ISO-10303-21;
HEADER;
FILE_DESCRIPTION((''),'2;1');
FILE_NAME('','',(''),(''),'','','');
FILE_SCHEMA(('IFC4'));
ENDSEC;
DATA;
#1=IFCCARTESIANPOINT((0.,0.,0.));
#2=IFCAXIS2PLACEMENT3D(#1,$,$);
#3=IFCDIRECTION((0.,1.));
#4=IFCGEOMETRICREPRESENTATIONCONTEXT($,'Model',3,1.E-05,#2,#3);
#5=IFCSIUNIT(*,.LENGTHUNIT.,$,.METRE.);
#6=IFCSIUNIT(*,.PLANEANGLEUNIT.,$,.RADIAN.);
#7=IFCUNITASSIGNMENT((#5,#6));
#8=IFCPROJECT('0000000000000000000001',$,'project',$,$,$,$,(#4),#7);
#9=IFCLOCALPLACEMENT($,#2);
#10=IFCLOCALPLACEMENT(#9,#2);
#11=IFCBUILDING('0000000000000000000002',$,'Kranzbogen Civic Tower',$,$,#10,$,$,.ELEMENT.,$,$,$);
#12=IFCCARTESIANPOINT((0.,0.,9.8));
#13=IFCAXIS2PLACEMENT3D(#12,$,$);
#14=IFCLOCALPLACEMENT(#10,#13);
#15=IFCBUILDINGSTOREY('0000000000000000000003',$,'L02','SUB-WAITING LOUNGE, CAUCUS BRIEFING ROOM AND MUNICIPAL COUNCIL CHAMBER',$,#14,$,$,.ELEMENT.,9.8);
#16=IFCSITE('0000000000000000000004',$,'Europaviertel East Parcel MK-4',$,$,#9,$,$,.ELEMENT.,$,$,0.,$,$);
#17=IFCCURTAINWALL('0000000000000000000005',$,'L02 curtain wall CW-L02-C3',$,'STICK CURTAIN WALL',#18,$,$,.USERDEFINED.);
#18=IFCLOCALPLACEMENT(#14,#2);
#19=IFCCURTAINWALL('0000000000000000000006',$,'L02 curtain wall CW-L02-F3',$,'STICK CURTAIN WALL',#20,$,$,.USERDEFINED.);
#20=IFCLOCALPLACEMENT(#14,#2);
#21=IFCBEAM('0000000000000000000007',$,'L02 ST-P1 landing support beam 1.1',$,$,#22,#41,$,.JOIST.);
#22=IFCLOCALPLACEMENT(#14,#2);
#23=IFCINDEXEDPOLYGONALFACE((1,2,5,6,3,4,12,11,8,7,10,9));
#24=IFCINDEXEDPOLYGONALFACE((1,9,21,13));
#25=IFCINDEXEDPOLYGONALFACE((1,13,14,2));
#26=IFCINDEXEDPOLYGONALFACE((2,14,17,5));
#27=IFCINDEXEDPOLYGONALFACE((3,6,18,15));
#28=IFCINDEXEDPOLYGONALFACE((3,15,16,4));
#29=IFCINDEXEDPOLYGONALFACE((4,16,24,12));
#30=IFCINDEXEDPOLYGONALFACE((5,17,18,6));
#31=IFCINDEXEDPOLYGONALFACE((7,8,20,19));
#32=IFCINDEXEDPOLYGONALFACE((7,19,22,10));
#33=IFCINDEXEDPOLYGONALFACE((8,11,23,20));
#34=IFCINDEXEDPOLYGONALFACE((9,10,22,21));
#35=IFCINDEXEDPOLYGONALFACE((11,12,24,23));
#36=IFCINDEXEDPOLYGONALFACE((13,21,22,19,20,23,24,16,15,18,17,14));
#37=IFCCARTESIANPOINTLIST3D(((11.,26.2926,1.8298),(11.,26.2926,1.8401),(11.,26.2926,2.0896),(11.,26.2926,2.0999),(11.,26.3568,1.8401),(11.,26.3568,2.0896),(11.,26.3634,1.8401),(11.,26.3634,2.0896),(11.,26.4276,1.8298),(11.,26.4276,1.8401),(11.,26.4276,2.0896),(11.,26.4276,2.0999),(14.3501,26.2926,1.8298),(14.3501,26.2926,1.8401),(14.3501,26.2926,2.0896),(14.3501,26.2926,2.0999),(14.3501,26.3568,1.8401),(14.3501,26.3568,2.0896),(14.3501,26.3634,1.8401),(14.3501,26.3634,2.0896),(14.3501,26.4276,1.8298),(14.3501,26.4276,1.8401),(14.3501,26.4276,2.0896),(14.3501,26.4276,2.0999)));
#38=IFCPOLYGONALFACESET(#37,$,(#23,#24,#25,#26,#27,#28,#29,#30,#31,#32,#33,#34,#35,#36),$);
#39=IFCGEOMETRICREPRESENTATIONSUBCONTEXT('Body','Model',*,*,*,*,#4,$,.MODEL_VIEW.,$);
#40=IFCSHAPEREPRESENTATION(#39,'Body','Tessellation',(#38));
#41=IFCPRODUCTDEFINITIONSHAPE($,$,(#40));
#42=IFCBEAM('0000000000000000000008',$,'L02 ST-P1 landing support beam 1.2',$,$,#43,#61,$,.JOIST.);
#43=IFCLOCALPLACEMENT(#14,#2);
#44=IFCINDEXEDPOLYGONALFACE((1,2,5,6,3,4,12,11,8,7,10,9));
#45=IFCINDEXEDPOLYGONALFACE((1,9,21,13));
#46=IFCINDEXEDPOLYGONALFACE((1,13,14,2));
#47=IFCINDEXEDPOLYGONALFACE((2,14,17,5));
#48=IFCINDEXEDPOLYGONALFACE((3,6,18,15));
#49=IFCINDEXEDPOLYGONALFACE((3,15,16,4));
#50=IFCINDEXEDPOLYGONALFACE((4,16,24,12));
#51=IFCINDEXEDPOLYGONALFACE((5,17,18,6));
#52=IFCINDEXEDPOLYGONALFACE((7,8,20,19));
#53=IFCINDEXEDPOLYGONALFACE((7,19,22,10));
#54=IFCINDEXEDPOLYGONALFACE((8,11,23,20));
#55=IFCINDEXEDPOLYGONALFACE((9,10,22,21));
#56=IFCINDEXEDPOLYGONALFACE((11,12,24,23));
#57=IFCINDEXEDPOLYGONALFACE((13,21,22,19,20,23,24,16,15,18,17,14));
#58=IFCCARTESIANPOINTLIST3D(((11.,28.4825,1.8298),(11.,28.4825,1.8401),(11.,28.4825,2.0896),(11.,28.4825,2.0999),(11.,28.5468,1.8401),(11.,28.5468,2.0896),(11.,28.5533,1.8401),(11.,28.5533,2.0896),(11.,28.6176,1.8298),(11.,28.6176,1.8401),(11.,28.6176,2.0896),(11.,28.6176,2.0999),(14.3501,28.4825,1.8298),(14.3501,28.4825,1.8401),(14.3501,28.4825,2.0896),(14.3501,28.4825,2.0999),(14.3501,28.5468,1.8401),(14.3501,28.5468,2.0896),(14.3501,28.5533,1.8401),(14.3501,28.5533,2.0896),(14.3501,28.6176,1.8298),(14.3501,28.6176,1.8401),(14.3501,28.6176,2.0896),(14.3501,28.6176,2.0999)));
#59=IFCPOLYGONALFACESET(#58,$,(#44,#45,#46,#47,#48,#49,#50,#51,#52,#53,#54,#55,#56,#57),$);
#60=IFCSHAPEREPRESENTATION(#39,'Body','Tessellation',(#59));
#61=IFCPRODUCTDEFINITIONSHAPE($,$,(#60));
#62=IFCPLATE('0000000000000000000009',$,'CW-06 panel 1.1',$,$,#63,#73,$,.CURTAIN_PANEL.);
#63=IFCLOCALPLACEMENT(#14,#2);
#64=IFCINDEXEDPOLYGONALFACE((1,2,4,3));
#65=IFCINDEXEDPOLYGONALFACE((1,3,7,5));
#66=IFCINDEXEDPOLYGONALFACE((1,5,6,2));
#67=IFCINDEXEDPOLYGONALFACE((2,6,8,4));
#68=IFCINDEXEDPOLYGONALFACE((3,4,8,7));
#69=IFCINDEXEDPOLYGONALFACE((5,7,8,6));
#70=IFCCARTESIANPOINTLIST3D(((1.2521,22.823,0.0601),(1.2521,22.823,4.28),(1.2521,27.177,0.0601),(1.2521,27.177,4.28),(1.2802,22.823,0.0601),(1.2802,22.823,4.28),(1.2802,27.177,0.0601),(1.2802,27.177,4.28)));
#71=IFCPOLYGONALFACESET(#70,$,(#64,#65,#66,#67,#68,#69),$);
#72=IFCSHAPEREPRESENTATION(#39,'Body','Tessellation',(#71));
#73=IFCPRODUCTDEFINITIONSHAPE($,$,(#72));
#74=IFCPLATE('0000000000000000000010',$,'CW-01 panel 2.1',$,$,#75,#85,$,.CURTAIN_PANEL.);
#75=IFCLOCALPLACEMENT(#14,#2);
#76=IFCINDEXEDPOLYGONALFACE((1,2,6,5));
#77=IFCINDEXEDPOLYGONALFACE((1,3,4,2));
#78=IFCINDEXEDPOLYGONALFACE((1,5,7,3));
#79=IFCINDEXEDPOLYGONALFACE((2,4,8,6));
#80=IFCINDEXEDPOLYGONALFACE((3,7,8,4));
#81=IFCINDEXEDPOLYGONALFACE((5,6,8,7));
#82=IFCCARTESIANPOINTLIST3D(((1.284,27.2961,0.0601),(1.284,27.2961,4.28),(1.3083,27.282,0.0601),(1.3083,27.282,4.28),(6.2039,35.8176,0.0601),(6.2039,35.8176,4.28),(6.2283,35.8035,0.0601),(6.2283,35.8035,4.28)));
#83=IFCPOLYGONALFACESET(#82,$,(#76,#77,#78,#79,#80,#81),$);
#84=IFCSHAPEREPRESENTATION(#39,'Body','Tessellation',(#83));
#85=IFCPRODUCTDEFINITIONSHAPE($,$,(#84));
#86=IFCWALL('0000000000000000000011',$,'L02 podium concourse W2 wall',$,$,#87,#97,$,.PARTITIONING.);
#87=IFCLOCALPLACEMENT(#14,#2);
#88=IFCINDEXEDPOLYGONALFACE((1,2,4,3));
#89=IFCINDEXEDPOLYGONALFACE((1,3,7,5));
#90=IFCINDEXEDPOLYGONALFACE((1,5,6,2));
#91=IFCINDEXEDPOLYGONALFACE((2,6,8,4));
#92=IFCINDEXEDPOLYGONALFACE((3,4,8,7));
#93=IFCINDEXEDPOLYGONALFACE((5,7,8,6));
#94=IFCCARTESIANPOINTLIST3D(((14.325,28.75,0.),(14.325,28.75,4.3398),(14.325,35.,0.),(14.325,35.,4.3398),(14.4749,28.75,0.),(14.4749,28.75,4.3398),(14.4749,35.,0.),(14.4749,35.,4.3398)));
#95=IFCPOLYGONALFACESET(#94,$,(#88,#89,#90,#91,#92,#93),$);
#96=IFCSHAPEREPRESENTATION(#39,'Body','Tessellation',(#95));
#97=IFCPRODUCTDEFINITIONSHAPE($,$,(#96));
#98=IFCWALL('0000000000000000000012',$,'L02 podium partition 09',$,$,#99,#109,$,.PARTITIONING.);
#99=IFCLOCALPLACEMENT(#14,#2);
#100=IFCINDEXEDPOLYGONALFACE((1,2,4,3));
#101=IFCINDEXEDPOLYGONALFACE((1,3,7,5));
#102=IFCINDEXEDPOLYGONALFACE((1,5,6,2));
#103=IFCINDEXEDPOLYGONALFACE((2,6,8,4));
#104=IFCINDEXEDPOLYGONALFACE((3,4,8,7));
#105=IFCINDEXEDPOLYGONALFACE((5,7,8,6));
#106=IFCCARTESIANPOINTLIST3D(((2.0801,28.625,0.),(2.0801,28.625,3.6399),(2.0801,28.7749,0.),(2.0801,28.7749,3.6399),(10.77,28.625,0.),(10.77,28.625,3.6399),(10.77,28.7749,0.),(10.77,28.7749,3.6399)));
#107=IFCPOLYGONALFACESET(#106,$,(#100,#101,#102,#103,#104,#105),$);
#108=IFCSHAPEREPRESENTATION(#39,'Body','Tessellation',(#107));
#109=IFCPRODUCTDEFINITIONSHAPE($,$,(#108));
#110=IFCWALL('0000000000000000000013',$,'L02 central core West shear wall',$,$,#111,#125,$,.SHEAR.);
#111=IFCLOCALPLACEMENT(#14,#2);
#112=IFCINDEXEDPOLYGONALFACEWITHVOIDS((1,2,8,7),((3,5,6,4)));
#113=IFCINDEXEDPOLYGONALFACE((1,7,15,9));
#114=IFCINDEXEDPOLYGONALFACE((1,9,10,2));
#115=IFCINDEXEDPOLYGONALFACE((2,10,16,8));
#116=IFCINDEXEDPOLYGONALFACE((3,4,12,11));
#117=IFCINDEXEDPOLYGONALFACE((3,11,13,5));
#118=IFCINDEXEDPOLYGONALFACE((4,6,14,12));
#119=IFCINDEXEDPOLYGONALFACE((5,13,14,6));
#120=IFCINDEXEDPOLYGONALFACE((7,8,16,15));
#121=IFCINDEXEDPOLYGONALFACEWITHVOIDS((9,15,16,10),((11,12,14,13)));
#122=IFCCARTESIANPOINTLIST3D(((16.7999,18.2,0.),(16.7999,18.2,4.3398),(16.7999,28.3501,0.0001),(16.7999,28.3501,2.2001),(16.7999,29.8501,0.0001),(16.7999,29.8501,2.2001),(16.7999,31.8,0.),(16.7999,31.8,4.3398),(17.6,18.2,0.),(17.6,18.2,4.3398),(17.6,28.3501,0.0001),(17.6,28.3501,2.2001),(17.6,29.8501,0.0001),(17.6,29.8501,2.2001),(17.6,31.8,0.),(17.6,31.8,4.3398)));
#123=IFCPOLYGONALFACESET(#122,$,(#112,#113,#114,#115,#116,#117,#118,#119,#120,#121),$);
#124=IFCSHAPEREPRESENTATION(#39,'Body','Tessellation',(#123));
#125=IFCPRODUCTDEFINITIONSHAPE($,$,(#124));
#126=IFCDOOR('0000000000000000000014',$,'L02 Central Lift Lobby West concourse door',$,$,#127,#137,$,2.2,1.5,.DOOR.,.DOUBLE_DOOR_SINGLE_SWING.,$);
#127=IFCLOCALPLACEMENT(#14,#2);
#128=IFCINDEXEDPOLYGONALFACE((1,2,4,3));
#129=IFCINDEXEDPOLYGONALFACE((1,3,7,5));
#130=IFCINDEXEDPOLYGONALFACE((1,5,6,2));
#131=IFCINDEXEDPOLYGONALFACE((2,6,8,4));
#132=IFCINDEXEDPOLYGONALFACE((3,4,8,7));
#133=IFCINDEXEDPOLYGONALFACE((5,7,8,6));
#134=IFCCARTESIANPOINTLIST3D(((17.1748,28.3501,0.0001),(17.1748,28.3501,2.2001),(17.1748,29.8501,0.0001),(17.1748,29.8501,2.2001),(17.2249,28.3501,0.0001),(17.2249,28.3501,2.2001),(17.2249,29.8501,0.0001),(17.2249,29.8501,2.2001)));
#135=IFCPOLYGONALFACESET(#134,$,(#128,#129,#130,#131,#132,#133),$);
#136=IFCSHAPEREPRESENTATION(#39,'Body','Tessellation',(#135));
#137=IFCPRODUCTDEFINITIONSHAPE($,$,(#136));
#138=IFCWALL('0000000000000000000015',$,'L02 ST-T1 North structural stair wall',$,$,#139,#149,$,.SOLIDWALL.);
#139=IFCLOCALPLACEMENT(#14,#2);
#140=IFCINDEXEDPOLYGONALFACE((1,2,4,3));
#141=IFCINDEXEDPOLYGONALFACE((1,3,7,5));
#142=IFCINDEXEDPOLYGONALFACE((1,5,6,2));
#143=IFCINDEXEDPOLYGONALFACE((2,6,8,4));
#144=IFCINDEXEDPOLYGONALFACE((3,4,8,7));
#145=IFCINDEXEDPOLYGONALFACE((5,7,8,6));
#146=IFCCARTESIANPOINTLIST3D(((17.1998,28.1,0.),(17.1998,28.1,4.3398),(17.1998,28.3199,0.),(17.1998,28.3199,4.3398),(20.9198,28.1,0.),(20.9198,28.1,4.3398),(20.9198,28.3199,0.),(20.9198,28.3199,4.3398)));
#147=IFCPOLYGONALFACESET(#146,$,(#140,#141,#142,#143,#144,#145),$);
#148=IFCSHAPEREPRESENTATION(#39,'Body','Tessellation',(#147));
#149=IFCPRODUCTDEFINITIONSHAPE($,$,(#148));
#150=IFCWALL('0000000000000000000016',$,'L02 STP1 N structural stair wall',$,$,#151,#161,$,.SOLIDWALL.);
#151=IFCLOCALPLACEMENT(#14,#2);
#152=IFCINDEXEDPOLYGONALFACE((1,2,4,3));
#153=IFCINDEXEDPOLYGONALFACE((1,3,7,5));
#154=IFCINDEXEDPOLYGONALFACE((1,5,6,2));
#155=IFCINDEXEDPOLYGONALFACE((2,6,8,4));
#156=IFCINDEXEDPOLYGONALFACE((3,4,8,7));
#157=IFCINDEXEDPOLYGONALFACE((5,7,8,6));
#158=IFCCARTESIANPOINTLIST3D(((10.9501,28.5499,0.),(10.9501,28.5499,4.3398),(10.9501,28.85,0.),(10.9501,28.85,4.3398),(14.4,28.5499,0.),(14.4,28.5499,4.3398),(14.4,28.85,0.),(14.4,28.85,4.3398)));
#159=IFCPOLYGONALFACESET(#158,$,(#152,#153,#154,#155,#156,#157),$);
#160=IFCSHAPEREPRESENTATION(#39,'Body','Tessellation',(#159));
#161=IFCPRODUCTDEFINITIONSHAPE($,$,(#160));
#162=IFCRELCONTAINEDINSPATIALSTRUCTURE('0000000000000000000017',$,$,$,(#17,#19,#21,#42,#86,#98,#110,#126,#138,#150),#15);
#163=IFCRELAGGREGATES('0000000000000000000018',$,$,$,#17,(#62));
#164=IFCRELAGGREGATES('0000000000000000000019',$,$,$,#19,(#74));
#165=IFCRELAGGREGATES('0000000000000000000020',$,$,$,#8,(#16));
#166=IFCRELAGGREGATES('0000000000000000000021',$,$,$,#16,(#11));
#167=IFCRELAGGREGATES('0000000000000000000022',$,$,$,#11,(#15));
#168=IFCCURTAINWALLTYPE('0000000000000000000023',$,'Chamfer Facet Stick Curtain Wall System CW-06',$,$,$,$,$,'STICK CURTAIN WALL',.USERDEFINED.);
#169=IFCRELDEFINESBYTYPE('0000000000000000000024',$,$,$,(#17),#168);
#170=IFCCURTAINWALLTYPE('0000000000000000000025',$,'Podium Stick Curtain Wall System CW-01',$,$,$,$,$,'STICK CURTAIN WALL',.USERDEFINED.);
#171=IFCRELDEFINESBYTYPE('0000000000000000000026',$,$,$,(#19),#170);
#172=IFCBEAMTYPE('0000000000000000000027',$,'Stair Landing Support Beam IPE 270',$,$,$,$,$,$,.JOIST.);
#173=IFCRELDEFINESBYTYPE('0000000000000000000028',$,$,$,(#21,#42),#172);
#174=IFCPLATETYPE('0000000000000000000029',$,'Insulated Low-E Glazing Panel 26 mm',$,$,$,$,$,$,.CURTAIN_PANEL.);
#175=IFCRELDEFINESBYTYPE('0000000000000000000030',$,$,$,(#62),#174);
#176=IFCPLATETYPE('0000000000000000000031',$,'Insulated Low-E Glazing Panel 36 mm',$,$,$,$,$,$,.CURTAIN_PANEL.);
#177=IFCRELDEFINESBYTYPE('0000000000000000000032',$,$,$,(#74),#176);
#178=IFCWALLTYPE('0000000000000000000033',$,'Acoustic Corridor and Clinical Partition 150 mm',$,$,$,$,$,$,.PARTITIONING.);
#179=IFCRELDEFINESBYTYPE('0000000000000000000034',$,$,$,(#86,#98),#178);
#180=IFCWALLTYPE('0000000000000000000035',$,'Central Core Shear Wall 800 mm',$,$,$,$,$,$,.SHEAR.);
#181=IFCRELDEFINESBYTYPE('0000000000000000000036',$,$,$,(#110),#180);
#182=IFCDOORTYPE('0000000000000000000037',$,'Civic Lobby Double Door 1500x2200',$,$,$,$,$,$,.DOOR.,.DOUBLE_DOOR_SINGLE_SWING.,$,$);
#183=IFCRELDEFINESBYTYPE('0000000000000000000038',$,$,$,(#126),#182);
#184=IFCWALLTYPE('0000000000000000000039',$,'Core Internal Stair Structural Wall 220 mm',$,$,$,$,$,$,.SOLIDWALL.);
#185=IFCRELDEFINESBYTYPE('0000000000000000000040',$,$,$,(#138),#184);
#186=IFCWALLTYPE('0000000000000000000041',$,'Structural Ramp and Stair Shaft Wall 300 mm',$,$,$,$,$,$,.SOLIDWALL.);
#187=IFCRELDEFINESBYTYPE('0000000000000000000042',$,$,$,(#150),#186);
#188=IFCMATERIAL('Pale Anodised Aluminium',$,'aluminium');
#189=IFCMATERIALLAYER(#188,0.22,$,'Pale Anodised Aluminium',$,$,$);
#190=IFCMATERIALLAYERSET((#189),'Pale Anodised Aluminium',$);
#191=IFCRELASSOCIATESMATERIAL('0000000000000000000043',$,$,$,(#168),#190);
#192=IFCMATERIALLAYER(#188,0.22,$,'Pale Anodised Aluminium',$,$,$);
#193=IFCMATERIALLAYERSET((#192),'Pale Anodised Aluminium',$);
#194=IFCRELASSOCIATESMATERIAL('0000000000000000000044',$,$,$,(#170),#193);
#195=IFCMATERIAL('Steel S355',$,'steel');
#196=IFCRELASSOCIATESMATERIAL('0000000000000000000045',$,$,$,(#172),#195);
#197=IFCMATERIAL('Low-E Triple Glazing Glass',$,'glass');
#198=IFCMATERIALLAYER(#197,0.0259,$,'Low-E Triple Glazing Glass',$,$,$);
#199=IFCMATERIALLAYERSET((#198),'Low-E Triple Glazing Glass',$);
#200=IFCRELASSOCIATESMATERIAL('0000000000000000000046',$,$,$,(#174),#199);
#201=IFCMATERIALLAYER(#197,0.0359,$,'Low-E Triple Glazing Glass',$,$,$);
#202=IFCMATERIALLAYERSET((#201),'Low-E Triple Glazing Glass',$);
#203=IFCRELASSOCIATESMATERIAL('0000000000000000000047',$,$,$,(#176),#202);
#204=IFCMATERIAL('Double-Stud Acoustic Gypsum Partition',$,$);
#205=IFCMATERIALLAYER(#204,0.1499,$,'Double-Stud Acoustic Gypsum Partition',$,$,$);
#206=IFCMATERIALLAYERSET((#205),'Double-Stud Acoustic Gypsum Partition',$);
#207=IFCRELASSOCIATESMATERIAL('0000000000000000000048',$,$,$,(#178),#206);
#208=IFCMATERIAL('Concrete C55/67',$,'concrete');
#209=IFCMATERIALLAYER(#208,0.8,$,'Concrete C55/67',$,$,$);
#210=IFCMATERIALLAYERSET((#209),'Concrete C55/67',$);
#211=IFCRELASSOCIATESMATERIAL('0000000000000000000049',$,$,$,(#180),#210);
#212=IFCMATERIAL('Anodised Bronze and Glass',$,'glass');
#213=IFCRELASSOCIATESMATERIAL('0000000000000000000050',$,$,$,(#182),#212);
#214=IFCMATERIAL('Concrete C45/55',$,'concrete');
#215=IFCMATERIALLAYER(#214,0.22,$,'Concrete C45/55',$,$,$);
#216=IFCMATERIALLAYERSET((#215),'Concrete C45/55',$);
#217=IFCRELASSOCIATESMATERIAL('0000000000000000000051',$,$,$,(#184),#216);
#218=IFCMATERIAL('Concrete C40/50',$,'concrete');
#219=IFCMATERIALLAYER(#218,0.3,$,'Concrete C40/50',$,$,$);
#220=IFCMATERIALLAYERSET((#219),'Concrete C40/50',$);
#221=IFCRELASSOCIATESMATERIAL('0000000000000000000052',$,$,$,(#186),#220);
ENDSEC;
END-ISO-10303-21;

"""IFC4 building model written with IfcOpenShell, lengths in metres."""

from ifc_helpers import new_model, si_unit, direction, frame, frame_2d, origin, origin_2d, place, context, subcontext, project, spatial, rectangle, i_section, extrude, material, layer, layer_set, material_profile, profile_set, type_object, element, fill, aggregate, save


model = new_model("IFC4")

# Units and contexts
model_context = context("Model", 3, precision=1e-05, world=origin(), true_north=direction((0.0, 1.0)))
body_context = subcontext(model_context, "Body", "Model", "MODEL_VIEW")
ifc_project = project(units=[si_unit("LENGTHUNIT", "METRE"), si_unit("PLANEANGLEUNIT", "RADIAN")], contexts=[model_context])

# Site, building, storey
site_placement = place(None, origin())
site = spatial("IfcSite", under=ifc_project, at=site_placement, Name="Europaviertel East Parcel MK-4", CompositionType="ELEMENT", RefElevation=0.0)
building_placement = place(site_placement, origin())
building = spatial("IfcBuilding", under=site, at=building_placement, Name="Kranzbogen Civic Tower", CompositionType="ELEMENT")
storey_placement = place(building_placement, frame((0.0, 0.0, 9.8)))
storey = spatial("IfcBuildingStorey", under=building, at=storey_placement, Name="L02", Description="SUB-WAITING LOUNGE, CAUCUS BRIEFING ROOM AND MUNICIPAL COUNCIL CHAMBER", CompositionType="ELEMENT", Elevation=9.8)

# Curtain walls
ifc_material_1 = material(Name="Pale Anodised Aluminium", Category="aluminium")
ifc_layer_1 = layer(ifc_material_1, 0.22, Name="Pale Anodised Aluminium")
ifc_layer_set_1 = layer_set([ifc_layer_1], Name="Pale Anodised Aluminium")
curtain_wall_type_1 = type_object("IfcCurtainWallType", Name="Chamfer Facet Stick Curtain Wall System CW-06", ElementType="STICK CURTAIN WALL", PredefinedType="USERDEFINED", material=ifc_layer_set_1)
curtain_wall_1_placement = place(storey_placement, origin())
curtain_wall_1 = element("IfcCurtainWall", 1, at=curtain_wall_1_placement, inside=storey, type_object=curtain_wall_type_1, Name="L02 curtain wall CW-L02-C3", ObjectType="STICK CURTAIN WALL", PredefinedType="USERDEFINED")
ifc_layer_2 = layer(ifc_material_1, 0.22, Name="Pale Anodised Aluminium")
ifc_layer_set_2 = layer_set([ifc_layer_2], Name="Pale Anodised Aluminium")
curtain_wall_type_2 = type_object("IfcCurtainWallType", Name="Podium Stick Curtain Wall System CW-01", ElementType="STICK CURTAIN WALL", PredefinedType="USERDEFINED", material=ifc_layer_set_2)
curtain_wall_2_placement = place(storey_placement, origin())
curtain_wall_2 = element("IfcCurtainWall", 2, at=curtain_wall_2_placement, inside=storey, type_object=curtain_wall_type_2, Name="L02 curtain wall CW-L02-F3", ObjectType="STICK CURTAIN WALL", PredefinedType="USERDEFINED")

# Beams
ifc_material_2 = material(Name="Steel S355", Category="steel")
ifc_material_profile_1 = material_profile(ifc_material_2, i_section(OverallWidth=0.135, OverallDepth=0.27, WebThickness=0.0066, FlangeThickness=0.0103, at=origin_2d()), Name="IPE 270")
ifc_profile_set_1 = profile_set([ifc_material_profile_1], Name="Steel S355")
beam_type_1 = type_object("IfcBeamType", Name="Stair Landing Support Beam IPE 270", PredefinedType="JOIST", material=ifc_profile_set_1)
for number, where, z_axis, x_axis, name in (
    (3, (14.3501, 26.3601, 1.9648), (-1.0, 0.0, 0.0), (0.0, -1.0, 0.0), "L02 ST-P1 landing support beam 1.1"),
    (4, (14.3501, 28.55, 1.9648), (-1.0, 0.0, 0.0), (0.0, -1.0, 0.0), "L02 ST-P1 landing support beam 1.2"),
):
    element("IfcBeam", number, at=place(storey_placement, frame(where, z_axis=z_axis, x_axis=x_axis)), inside=storey, type_object=beam_type_1, Name=name, PredefinedType="JOIST", context=body_context, shape_type="SweptSolid", body=[
        extrude(i_section(OverallWidth=0.135, OverallDepth=0.27, WebThickness=0.0066, FlangeThickness=0.0103, at=origin_2d()), origin(), (0.0, 0.0, 1.0), 3.3501),
    ])

# Plates
ifc_material_3 = material(Name="Low-E Triple Glazing Glass", Category="glass")
ifc_layer_3 = layer(ifc_material_3, 0.0259, Name="Low-E Triple Glazing Glass")
ifc_layer_set_3 = layer_set([ifc_layer_3], Name="Low-E Triple Glazing Glass")
plate_type_1 = type_object("IfcPlateType", Name="Insulated Low-E Glazing Panel 26 mm", PredefinedType="CURTAIN_PANEL", material=ifc_layer_set_3)
plate_1_placement = place(storey_placement, frame((1.2661, 25.0, 0.0601), z_axis=(0.0, 0.0, 1.0), x_axis=(0.0, -1.0, 0.0)))
plate_1 = element("IfcPlate", 5, at=plate_1_placement, type_object=plate_type_1, Name="CW-06 panel 1.1", PredefinedType="CURTAIN_PANEL", context=body_context, shape_type="SweptSolid", body=[
    extrude(rectangle(XDim=4.354, YDim=0.0281, at=origin_2d()), origin(), (0.0, 0.0, 1.0), 4.22),
])
aggregate(curtain_wall_1, [plate_1])
ifc_layer_4 = layer(ifc_material_3, 0.0359, Name="Low-E Triple Glazing Glass")
ifc_layer_set_4 = layer_set([ifc_layer_4], Name="Low-E Triple Glazing Glass")
plate_type_2 = type_object("IfcPlateType", Name="Insulated Low-E Glazing Panel 36 mm", PredefinedType="CURTAIN_PANEL", material=ifc_layer_set_4)
plate_2_placement = place(storey_placement, frame((3.7561, 31.5498, 0.0601), z_axis=(0.0, 0.0, 1.0), x_axis=(-0.500006, -0.866022, 0.0)))
plate_2 = element("IfcPlate", 6, at=plate_2_placement, type_object=plate_type_2, Name="CW-01 panel 2.1", PredefinedType="CURTAIN_PANEL", context=body_context, shape_type="SweptSolid", body=[
    extrude(rectangle(XDim=9.8398, YDim=0.0281, at=origin_2d()), origin(), (0.0, 0.0, 1.0), 4.22),
])
aggregate(curtain_wall_2, [plate_2])

# Walls
ifc_material_4 = material(Name="Double-Stud Acoustic Gypsum Partition")
ifc_layer_5 = layer(ifc_material_4, 0.1499, Name="Double-Stud Acoustic Gypsum Partition")
ifc_layer_set_5 = layer_set([ifc_layer_5], Name="Double-Stud Acoustic Gypsum Partition")
wall_type_1 = type_object("IfcWallType", Name="Acoustic Corridor and Clinical Partition 150 mm", PredefinedType="PARTITIONING", material=ifc_layer_set_5)
wall_1_placement = place(storey_placement, frame((14.3999, 28.75, 0.0), z_axis=(0.0, 0.0, 1.0), x_axis=(0.0, 1.0, 0.0)))
element("IfcWall", 7, at=wall_1_placement, inside=storey, type_object=wall_type_1, Name="L02 podium concourse W2 wall", PredefinedType="PARTITIONING", context=body_context, shape_type="SweptSolid", body=[
    extrude(rectangle(XDim=6.25, YDim=0.1499, at=frame_2d((3.125, 0.0))), origin(), (0.0, 0.0, 1.0), 4.3398),
])
wall_2_placement = place(storey_placement, frame((2.0801, 28.7, 0.0), z_axis=(0.0, 0.0, 1.0), x_axis=(1.0, 0.0, 0.0)))
element("IfcWall", 8, at=wall_2_placement, inside=storey, type_object=wall_type_1, Name="L02 podium partition 09", PredefinedType="PARTITIONING", context=body_context, shape_type="SweptSolid", body=[
    extrude(rectangle(XDim=8.6899, YDim=0.1499, at=frame_2d((4.345, 0.0))), origin(), (0.0, 0.0, 1.0), 3.6399),
])

# Wall, opening, door
ifc_material_5 = material(Name="Concrete C55/67", Category="concrete")
ifc_layer_6 = layer(ifc_material_5, 0.8, Name="Concrete C55/67")
ifc_layer_set_6 = layer_set([ifc_layer_6], Name="Concrete C55/67")
wall_type_2 = type_object("IfcWallType", Name="Central Core Shear Wall 800 mm", PredefinedType="SHEAR", material=ifc_layer_set_6)
wall_3_placement = place(storey_placement, frame((17.2, 31.8, 0.0), z_axis=(0.0, 0.0, 1.0), x_axis=(0.0, -1.0, 0.0)))
wall_3 = element("IfcWall", 9, at=wall_3_placement, inside=storey, type_object=wall_type_2, Name="L02 central core West shear wall", PredefinedType="SHEAR", context=body_context, shape_type="SweptSolid", body=[
    extrude(rectangle(XDim=13.6001, YDim=0.8, at=frame_2d((6.8, 0.0))), origin(), (0.0, 0.0, 1.0), 4.3398),
])
opening_placement = place(wall_3_placement, frame((1.95, 0.0, 0.0)))
opening = element("IfcOpeningElement", 10, at=opening_placement, cuts=wall_3, PredefinedType="OPENING", context=body_context, shape_type="SweptSolid", body=[
    extrude(rectangle(XDim=1.5, YDim=2.2, at=frame_2d((0.75, 1.1001))), frame((0.0, 0.4102, 0.0), z_axis=(0.0, -1.0, 0.0), x_axis=(1.0, 0.0, 0.0)), (0.0, 0.0, 1.0), 0.8201),
])
ifc_material_6 = material(Name="Anodised Bronze and Glass", Category="glass")
door_type = type_object("IfcDoorType", Name="Civic Lobby Double Door 1500x2200", OperationType="DOUBLE_DOOR_SINGLE_SWING", PredefinedType="DOOR", material=ifc_material_6)
door_placement = place(opening_placement, origin())
door = element("IfcDoor", 11, at=door_placement, inside=storey, type_object=door_type, Name="L02 Central Lift Lobby West concourse door", OperationType="DOUBLE_DOOR_SINGLE_SWING", OverallHeight=2.2, OverallWidth=1.5, PredefinedType="DOOR", context=body_context, shape_type="SweptSolid", body=[
    extrude(rectangle(XDim=1.5, YDim=2.2, at=frame_2d((0.75, 1.1001))), frame((0.0, 0.0249, 0.0), z_axis=(0.0, -1.0, 0.0), x_axis=(1.0, 0.0, 0.0)), (0.0, 0.0, 1.0), 0.05),
])
fill(opening, door)

# Walls
ifc_material_7 = material(Name="Concrete C45/55", Category="concrete")
ifc_layer_7 = layer(ifc_material_7, 0.22, Name="Concrete C45/55")
ifc_layer_set_7 = layer_set([ifc_layer_7], Name="Concrete C45/55")
wall_type_3 = type_object("IfcWallType", Name="Core Internal Stair Structural Wall 220 mm", PredefinedType="SOLIDWALL", material=ifc_layer_set_7)
wall_4_placement = place(storey_placement, frame((17.2, 28.21, 0.0), z_axis=(0.0, 0.0, 1.0), x_axis=(1.0, 0.0, 0.0)))
element("IfcWall", 12, at=wall_4_placement, inside=storey, type_object=wall_type_3, Name="L02 ST-T1 North structural stair wall", PredefinedType="SOLIDWALL", context=body_context, shape_type="SweptSolid", body=[
    extrude(rectangle(XDim=3.72, YDim=0.22, at=frame_2d((1.8599, 0.0))), origin(), (0.0, 0.0, 1.0), 4.3398),
])
ifc_material_8 = material(Name="Concrete C40/50", Category="concrete")
ifc_layer_8 = layer(ifc_material_8, 0.3, Name="Concrete C40/50")
ifc_layer_set_8 = layer_set([ifc_layer_8], Name="Concrete C40/50")
wall_type_4 = type_object("IfcWallType", Name="Structural Ramp and Stair Shaft Wall 300 mm", PredefinedType="SOLIDWALL", material=ifc_layer_set_8)
wall_5_placement = place(storey_placement, frame((10.95, 28.7, 0.0), z_axis=(0.0, 0.0, 1.0), x_axis=(1.0, 0.0, 0.0)))
element("IfcWall", 13, at=wall_5_placement, inside=storey, type_object=wall_type_4, Name="L02 STP1 N structural stair wall", PredefinedType="SOLIDWALL", context=body_context, shape_type="SweptSolid", body=[
    extrude(rectangle(XDim=3.45, YDim=0.3, at=frame_2d((1.7251, 0.0))), origin(), (0.0, 0.0, 1.0), 4.3398),
])

save(model, "model.ifc")
